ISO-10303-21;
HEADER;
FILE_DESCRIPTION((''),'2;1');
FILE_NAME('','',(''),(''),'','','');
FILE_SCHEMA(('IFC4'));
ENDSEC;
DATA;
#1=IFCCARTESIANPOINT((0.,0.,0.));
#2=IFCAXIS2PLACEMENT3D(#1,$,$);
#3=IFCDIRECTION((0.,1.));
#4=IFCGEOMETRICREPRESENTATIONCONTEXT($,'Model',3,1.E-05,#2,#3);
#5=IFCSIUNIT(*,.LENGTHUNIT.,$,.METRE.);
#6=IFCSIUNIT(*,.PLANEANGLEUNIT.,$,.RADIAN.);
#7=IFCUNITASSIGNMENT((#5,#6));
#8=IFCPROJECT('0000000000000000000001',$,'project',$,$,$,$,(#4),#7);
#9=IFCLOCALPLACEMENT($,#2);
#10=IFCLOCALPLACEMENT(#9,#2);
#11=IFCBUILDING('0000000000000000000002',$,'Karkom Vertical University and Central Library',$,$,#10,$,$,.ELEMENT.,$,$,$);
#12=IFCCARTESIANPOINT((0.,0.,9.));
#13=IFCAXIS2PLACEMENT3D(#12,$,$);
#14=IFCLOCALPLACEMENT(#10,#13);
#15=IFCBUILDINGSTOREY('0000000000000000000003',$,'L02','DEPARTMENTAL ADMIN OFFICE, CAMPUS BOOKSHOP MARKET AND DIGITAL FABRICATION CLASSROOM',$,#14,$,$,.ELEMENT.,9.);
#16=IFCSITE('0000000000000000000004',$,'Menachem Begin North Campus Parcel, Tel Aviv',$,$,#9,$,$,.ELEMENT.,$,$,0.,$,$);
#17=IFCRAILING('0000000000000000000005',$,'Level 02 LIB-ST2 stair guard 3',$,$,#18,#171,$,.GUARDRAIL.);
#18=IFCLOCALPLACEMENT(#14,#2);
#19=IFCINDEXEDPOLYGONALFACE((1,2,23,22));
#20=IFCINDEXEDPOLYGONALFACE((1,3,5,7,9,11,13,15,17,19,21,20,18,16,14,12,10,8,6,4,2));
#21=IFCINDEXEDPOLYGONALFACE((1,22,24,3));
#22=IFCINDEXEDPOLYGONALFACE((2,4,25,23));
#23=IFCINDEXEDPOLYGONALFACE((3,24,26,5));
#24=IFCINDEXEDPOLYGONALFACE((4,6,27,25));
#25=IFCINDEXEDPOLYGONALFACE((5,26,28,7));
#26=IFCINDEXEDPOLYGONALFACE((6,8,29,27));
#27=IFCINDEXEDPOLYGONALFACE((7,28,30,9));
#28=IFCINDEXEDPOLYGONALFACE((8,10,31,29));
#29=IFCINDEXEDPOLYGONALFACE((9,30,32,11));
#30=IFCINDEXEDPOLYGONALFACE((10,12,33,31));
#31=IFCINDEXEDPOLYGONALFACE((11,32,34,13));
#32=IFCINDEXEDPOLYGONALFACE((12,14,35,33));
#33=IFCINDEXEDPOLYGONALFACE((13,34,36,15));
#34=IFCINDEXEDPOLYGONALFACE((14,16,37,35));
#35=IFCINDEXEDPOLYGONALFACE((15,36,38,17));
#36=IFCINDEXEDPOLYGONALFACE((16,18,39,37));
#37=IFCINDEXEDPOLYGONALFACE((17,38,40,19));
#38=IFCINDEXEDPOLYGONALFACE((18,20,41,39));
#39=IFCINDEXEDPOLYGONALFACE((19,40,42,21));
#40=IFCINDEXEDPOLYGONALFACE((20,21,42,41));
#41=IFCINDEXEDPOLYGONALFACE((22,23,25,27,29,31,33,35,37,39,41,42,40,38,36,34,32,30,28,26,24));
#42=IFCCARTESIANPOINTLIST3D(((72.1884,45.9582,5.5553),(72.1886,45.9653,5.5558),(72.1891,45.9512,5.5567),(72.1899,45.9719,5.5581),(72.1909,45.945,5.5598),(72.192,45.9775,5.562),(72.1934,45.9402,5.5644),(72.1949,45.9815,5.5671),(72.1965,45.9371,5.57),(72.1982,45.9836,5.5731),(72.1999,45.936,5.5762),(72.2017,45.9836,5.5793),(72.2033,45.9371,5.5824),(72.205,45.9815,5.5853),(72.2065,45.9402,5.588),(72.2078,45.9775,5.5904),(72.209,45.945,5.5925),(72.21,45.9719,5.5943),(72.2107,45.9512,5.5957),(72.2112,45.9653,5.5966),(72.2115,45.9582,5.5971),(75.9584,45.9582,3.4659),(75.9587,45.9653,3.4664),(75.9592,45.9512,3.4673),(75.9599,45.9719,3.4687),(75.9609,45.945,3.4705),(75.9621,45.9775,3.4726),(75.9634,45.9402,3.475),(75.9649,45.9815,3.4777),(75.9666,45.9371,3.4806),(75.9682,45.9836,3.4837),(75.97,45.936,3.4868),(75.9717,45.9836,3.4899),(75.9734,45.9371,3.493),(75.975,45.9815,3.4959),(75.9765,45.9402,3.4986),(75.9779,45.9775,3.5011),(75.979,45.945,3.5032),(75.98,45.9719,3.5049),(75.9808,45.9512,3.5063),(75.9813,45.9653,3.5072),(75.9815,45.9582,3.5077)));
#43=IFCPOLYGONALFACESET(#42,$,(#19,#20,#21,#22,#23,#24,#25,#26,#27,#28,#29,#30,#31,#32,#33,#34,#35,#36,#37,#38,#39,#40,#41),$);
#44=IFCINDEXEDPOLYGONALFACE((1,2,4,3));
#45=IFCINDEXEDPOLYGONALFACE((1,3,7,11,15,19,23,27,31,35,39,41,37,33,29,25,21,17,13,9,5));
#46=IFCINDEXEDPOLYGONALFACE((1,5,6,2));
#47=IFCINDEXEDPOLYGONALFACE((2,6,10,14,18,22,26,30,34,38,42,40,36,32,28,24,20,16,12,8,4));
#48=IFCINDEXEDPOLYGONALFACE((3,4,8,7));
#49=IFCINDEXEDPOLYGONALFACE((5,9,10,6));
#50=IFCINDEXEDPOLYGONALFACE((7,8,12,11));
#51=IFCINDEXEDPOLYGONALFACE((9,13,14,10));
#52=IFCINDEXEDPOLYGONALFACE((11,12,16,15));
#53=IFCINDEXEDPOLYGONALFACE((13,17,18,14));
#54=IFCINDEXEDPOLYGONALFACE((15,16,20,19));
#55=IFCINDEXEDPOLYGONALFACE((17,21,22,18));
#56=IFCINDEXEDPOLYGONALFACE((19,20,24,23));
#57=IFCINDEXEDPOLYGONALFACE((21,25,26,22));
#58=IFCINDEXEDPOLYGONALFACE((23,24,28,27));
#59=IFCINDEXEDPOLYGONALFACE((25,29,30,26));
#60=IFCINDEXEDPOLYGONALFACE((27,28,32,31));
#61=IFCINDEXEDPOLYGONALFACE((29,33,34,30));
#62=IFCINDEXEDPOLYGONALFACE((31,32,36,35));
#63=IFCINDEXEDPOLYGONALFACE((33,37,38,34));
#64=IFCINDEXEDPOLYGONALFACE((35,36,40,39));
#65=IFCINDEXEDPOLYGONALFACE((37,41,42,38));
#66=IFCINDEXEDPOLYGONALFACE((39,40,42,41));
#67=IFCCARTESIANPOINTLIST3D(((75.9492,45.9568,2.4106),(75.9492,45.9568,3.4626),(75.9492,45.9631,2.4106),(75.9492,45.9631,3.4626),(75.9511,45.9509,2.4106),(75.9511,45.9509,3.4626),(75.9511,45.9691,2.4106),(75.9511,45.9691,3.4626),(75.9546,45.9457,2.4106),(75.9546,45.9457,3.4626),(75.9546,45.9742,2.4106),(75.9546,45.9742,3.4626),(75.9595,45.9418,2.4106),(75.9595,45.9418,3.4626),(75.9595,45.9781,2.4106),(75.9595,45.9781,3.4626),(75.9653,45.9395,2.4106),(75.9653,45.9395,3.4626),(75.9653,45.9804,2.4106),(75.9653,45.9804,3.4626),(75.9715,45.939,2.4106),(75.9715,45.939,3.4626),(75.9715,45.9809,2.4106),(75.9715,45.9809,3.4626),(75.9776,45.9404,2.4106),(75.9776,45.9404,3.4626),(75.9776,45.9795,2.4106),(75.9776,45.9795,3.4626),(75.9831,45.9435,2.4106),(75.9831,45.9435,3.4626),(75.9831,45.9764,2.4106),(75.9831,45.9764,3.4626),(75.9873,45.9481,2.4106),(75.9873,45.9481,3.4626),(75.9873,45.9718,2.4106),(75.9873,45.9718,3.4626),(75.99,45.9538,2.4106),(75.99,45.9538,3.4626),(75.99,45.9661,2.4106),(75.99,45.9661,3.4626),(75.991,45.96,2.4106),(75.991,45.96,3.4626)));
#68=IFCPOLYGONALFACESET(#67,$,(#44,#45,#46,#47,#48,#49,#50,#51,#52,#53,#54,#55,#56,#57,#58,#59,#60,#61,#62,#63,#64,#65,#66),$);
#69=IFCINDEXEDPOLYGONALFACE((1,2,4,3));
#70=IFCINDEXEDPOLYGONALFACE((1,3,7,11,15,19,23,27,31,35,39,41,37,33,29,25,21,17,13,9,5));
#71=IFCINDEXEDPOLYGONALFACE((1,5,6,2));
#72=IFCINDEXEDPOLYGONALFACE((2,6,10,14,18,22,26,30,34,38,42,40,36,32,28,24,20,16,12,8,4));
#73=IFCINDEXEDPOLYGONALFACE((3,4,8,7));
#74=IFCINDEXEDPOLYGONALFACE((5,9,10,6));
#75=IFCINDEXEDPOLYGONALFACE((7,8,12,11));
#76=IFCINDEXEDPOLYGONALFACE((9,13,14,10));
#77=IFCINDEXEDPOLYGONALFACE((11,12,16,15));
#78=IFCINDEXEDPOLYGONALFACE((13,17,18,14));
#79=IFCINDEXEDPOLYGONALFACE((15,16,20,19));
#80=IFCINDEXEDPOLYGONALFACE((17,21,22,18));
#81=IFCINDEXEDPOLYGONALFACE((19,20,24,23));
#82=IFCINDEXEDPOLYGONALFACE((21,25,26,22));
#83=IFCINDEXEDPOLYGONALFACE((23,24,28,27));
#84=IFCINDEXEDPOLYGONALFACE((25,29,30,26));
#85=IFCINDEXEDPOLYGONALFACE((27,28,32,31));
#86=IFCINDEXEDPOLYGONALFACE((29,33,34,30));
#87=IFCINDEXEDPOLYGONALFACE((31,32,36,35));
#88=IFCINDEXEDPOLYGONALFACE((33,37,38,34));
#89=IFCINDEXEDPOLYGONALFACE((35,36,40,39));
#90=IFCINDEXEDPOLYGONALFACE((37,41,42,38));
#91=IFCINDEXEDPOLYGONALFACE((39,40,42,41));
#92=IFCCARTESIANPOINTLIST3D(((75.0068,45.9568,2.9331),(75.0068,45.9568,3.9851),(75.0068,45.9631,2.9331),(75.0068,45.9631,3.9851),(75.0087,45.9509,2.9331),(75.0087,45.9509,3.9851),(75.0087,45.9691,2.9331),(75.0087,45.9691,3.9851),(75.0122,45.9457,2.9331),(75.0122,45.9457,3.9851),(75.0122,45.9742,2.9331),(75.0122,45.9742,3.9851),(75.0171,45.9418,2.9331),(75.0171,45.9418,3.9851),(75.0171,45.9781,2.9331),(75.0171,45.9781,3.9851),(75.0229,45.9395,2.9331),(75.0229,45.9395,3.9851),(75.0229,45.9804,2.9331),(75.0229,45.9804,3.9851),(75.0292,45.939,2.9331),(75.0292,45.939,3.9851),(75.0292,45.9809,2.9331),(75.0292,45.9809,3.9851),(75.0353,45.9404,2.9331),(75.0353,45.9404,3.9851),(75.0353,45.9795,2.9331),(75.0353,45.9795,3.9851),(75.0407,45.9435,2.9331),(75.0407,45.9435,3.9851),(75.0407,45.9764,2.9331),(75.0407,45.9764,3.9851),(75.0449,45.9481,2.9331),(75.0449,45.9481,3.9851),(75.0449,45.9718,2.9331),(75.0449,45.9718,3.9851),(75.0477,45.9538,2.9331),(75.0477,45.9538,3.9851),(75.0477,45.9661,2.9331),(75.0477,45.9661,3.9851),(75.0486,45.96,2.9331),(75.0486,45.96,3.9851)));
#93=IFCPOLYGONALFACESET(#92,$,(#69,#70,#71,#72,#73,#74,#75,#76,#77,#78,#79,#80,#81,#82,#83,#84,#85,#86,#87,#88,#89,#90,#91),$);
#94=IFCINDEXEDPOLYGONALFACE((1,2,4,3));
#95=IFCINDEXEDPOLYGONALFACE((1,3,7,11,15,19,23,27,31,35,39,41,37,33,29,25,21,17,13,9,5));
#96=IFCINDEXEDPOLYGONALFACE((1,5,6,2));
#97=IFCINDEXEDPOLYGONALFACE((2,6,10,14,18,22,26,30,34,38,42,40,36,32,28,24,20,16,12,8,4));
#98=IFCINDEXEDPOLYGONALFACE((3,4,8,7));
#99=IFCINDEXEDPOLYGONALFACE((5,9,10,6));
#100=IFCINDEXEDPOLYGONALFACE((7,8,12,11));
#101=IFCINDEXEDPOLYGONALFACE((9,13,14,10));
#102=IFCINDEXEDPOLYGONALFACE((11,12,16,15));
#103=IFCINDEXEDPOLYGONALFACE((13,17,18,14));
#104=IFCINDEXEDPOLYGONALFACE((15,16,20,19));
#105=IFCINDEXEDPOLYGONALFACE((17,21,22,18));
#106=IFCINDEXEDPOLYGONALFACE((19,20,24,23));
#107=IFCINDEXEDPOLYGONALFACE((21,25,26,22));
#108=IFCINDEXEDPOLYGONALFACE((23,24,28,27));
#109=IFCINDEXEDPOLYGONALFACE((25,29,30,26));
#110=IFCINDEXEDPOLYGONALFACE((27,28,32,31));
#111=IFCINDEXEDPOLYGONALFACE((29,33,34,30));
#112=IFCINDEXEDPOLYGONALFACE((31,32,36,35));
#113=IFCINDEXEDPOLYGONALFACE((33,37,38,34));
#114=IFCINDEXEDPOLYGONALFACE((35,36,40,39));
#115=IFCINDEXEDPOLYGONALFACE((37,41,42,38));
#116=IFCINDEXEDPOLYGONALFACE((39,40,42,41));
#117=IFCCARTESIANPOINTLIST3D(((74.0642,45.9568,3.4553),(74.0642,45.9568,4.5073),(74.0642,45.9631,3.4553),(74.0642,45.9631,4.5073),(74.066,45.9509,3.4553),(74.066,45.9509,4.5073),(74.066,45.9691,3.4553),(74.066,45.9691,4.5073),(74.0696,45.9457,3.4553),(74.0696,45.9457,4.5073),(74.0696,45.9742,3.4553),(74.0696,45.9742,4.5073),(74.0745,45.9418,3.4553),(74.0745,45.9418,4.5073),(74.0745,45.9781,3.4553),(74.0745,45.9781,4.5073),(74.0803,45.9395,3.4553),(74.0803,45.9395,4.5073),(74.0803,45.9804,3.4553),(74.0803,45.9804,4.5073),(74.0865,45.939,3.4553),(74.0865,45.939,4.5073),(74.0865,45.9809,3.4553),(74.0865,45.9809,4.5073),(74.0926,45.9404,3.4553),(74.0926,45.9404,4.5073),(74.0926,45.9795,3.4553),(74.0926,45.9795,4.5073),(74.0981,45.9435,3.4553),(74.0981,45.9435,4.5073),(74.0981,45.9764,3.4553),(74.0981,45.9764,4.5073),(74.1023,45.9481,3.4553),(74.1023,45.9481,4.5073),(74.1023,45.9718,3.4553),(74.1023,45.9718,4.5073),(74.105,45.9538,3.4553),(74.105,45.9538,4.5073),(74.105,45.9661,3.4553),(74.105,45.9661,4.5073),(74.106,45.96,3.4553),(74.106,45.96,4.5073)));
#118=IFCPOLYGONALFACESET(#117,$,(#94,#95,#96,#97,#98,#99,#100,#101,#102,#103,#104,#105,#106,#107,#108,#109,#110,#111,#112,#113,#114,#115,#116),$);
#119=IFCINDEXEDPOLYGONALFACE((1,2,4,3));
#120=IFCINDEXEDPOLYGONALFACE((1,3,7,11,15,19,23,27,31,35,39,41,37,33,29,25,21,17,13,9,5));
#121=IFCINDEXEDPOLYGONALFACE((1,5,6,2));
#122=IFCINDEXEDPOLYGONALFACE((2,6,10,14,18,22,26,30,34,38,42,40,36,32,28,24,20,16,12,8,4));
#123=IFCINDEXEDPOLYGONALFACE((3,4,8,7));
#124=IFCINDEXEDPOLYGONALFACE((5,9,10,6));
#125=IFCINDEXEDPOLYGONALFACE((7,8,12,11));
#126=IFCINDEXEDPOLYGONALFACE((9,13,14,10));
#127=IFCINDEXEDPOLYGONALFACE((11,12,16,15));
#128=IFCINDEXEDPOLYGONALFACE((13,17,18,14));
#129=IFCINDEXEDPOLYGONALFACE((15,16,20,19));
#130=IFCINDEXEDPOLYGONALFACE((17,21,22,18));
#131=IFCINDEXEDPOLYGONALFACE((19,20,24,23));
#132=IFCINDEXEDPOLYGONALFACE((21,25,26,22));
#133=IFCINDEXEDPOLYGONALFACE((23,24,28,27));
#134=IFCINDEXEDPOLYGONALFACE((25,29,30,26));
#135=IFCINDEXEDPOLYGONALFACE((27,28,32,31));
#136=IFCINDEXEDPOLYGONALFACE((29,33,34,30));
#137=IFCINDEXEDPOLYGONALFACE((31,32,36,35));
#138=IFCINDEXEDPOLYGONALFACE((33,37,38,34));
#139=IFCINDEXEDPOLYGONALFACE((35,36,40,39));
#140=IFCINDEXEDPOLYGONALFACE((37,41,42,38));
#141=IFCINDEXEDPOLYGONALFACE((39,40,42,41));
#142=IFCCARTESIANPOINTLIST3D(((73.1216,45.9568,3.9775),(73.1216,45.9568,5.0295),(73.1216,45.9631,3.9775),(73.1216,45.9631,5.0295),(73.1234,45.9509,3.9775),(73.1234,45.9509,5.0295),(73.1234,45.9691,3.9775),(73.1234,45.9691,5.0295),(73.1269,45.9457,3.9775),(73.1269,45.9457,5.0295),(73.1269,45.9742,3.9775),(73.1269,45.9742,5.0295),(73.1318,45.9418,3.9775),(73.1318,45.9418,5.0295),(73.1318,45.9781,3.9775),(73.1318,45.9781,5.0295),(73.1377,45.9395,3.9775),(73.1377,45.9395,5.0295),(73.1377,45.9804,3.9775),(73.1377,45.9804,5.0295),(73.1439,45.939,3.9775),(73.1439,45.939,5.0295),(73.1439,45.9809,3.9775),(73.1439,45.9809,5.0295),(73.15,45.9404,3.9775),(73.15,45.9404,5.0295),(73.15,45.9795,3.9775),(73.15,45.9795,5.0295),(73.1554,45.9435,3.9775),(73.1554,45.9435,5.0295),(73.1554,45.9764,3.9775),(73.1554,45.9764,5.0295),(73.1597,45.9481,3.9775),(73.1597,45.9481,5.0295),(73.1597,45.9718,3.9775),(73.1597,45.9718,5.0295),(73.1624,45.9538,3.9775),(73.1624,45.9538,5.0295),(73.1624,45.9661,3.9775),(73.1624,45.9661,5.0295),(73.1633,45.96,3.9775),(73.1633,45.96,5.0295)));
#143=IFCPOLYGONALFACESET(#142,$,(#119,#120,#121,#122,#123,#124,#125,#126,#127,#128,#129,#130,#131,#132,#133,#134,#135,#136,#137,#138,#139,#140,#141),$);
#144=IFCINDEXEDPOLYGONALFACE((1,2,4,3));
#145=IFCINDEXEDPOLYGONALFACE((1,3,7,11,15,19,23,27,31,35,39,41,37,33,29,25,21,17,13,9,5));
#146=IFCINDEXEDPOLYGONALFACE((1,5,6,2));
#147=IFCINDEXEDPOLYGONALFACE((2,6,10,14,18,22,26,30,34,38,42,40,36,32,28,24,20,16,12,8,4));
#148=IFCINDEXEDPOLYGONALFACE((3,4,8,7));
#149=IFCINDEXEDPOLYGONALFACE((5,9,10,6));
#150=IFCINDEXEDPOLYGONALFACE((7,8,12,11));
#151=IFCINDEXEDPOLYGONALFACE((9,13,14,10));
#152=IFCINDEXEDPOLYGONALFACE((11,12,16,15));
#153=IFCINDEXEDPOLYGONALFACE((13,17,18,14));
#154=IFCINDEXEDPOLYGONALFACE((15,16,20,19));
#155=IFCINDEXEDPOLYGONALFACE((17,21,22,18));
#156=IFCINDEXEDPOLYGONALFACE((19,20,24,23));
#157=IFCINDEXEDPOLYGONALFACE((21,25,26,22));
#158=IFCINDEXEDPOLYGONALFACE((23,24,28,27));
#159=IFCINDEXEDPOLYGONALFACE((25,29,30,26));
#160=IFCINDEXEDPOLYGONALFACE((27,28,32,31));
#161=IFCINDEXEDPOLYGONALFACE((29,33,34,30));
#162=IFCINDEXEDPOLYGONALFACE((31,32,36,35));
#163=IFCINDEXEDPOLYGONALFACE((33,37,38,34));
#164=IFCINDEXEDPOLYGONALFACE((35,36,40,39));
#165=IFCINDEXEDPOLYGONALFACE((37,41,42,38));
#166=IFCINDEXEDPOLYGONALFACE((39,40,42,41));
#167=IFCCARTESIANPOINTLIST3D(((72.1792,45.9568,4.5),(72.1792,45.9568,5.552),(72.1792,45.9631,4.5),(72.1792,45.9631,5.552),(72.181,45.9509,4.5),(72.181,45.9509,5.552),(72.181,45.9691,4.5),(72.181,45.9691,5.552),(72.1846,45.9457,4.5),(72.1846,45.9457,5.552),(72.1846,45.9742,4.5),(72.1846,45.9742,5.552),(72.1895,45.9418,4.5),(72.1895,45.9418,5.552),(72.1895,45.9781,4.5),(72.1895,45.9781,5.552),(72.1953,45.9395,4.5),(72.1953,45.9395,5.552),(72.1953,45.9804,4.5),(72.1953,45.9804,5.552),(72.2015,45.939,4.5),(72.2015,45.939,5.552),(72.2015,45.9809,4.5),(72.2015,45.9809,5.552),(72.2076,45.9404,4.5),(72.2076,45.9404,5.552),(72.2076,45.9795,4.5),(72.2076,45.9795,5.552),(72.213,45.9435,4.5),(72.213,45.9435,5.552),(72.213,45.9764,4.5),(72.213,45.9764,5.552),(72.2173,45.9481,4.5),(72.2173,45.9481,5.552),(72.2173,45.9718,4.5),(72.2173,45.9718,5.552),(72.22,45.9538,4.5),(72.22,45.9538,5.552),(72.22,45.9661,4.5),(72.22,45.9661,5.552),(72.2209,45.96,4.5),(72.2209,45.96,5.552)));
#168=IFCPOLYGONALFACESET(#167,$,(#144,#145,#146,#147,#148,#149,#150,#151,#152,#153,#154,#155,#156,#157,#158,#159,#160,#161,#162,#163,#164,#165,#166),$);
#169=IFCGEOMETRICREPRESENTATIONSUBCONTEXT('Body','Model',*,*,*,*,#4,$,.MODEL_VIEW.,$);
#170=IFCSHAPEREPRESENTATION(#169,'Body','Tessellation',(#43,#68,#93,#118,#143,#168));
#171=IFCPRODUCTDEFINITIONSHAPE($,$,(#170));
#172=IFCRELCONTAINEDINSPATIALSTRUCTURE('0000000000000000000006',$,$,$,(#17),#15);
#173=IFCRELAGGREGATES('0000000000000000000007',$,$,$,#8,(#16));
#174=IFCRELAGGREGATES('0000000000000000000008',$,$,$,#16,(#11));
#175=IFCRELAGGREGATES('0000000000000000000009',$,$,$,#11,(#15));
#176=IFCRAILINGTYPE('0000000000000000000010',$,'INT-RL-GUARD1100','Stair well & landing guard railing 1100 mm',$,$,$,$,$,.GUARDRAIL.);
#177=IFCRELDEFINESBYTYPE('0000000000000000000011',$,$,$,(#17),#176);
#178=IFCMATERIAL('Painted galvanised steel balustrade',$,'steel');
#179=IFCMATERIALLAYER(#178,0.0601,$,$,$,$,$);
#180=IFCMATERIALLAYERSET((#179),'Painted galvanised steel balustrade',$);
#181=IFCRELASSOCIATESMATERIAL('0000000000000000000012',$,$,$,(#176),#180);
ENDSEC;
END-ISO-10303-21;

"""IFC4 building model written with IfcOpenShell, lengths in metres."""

from ifc_helpers import new_model, si_unit, direction, frame, origin, origin_2d, place, context, subcontext, project, spatial, circle, extrude, material, layer, layer_set, type_object, element, save


model = new_model("IFC4")

# Units and contexts
model_context = context("Model", 3, precision=1e-05, world=origin(), true_north=direction((0.0, 1.0)))
body_context = subcontext(model_context, "Body", "Model", "MODEL_VIEW")
ifc_project = project(units=[si_unit("LENGTHUNIT", "METRE"), si_unit("PLANEANGLEUNIT", "RADIAN")], contexts=[model_context])

# Site, building, storey
site_placement = place(None, origin())
site = spatial("IfcSite", under=ifc_project, at=site_placement, Name="Menachem Begin North Campus Parcel, Tel Aviv", CompositionType="ELEMENT", RefElevation=0.0)
building_placement = place(site_placement, origin())
building = spatial("IfcBuilding", under=site, at=building_placement, Name="Karkom Vertical University and Central Library", CompositionType="ELEMENT")
storey_placement = place(building_placement, frame((0.0, 0.0, 9.0)))
storey = spatial("IfcBuildingStorey", under=building, at=storey_placement, Name="L02", Description="DEPARTMENTAL ADMIN OFFICE, CAMPUS BOOKSHOP MARKET AND DIGITAL FABRICATION CLASSROOM", CompositionType="ELEMENT", Elevation=9.0)

# Railing
ifc_material_1 = material(Name="Painted galvanised steel balustrade", Category="steel")
ifc_layer_1 = layer(ifc_material_1, 0.0601)
ifc_layer_set_1 = layer_set([ifc_layer_1], Name="Painted galvanised steel balustrade")
railing_type_1 = type_object("IfcRailingType", Name="INT-RL-GUARD1100", Description="Stair well & landing guard railing 1100 mm", PredefinedType="GUARDRAIL", material=ifc_layer_set_1)
railing_1_placement = place(storey_placement, frame((75.97, 45.96, 2.4106)))
element("IfcRailing", 1, at=railing_1_placement, inside=storey, type_object=railing_type_1, Name="Level 02 LIB-ST2 stair guard 3", PredefinedType="GUARDRAIL", context=body_context, shape_type="SweptSolid", body=[
    extrude(circle(Radius=0.0239, at=origin_2d()), frame((0.0, 0.0, 1.0762), z_axis=(-0.874659, 0.0, 0.484739), x_axis=(0.0, -1.0, 0.0)), (0.0, 0.0, 1.0), 4.3103),
    extrude(circle(Radius=0.021, at=origin_2d()), origin(), (0.0, 0.0, 1.0), 1.052),
    extrude(circle(Radius=0.021, at=origin_2d()), frame((-0.9424, 0.0, 0.5225)), (0.0, 0.0, 1.0), 1.052),
    extrude(circle(Radius=0.021, at=origin_2d()), frame((-1.885, 0.0, 1.0447)), (0.0, 0.0, 1.0), 1.052),
    extrude(circle(Radius=0.021, at=origin_2d()), frame((-2.8276, 0.0, 1.5669)), (0.0, 0.0, 1.0), 1.052),
    extrude(circle(Radius=0.021, at=origin_2d()), frame((-3.77, 0.0, 2.0894)), (0.0, 0.0, 1.0), 1.052),
])

save(model, "model.ifc")
